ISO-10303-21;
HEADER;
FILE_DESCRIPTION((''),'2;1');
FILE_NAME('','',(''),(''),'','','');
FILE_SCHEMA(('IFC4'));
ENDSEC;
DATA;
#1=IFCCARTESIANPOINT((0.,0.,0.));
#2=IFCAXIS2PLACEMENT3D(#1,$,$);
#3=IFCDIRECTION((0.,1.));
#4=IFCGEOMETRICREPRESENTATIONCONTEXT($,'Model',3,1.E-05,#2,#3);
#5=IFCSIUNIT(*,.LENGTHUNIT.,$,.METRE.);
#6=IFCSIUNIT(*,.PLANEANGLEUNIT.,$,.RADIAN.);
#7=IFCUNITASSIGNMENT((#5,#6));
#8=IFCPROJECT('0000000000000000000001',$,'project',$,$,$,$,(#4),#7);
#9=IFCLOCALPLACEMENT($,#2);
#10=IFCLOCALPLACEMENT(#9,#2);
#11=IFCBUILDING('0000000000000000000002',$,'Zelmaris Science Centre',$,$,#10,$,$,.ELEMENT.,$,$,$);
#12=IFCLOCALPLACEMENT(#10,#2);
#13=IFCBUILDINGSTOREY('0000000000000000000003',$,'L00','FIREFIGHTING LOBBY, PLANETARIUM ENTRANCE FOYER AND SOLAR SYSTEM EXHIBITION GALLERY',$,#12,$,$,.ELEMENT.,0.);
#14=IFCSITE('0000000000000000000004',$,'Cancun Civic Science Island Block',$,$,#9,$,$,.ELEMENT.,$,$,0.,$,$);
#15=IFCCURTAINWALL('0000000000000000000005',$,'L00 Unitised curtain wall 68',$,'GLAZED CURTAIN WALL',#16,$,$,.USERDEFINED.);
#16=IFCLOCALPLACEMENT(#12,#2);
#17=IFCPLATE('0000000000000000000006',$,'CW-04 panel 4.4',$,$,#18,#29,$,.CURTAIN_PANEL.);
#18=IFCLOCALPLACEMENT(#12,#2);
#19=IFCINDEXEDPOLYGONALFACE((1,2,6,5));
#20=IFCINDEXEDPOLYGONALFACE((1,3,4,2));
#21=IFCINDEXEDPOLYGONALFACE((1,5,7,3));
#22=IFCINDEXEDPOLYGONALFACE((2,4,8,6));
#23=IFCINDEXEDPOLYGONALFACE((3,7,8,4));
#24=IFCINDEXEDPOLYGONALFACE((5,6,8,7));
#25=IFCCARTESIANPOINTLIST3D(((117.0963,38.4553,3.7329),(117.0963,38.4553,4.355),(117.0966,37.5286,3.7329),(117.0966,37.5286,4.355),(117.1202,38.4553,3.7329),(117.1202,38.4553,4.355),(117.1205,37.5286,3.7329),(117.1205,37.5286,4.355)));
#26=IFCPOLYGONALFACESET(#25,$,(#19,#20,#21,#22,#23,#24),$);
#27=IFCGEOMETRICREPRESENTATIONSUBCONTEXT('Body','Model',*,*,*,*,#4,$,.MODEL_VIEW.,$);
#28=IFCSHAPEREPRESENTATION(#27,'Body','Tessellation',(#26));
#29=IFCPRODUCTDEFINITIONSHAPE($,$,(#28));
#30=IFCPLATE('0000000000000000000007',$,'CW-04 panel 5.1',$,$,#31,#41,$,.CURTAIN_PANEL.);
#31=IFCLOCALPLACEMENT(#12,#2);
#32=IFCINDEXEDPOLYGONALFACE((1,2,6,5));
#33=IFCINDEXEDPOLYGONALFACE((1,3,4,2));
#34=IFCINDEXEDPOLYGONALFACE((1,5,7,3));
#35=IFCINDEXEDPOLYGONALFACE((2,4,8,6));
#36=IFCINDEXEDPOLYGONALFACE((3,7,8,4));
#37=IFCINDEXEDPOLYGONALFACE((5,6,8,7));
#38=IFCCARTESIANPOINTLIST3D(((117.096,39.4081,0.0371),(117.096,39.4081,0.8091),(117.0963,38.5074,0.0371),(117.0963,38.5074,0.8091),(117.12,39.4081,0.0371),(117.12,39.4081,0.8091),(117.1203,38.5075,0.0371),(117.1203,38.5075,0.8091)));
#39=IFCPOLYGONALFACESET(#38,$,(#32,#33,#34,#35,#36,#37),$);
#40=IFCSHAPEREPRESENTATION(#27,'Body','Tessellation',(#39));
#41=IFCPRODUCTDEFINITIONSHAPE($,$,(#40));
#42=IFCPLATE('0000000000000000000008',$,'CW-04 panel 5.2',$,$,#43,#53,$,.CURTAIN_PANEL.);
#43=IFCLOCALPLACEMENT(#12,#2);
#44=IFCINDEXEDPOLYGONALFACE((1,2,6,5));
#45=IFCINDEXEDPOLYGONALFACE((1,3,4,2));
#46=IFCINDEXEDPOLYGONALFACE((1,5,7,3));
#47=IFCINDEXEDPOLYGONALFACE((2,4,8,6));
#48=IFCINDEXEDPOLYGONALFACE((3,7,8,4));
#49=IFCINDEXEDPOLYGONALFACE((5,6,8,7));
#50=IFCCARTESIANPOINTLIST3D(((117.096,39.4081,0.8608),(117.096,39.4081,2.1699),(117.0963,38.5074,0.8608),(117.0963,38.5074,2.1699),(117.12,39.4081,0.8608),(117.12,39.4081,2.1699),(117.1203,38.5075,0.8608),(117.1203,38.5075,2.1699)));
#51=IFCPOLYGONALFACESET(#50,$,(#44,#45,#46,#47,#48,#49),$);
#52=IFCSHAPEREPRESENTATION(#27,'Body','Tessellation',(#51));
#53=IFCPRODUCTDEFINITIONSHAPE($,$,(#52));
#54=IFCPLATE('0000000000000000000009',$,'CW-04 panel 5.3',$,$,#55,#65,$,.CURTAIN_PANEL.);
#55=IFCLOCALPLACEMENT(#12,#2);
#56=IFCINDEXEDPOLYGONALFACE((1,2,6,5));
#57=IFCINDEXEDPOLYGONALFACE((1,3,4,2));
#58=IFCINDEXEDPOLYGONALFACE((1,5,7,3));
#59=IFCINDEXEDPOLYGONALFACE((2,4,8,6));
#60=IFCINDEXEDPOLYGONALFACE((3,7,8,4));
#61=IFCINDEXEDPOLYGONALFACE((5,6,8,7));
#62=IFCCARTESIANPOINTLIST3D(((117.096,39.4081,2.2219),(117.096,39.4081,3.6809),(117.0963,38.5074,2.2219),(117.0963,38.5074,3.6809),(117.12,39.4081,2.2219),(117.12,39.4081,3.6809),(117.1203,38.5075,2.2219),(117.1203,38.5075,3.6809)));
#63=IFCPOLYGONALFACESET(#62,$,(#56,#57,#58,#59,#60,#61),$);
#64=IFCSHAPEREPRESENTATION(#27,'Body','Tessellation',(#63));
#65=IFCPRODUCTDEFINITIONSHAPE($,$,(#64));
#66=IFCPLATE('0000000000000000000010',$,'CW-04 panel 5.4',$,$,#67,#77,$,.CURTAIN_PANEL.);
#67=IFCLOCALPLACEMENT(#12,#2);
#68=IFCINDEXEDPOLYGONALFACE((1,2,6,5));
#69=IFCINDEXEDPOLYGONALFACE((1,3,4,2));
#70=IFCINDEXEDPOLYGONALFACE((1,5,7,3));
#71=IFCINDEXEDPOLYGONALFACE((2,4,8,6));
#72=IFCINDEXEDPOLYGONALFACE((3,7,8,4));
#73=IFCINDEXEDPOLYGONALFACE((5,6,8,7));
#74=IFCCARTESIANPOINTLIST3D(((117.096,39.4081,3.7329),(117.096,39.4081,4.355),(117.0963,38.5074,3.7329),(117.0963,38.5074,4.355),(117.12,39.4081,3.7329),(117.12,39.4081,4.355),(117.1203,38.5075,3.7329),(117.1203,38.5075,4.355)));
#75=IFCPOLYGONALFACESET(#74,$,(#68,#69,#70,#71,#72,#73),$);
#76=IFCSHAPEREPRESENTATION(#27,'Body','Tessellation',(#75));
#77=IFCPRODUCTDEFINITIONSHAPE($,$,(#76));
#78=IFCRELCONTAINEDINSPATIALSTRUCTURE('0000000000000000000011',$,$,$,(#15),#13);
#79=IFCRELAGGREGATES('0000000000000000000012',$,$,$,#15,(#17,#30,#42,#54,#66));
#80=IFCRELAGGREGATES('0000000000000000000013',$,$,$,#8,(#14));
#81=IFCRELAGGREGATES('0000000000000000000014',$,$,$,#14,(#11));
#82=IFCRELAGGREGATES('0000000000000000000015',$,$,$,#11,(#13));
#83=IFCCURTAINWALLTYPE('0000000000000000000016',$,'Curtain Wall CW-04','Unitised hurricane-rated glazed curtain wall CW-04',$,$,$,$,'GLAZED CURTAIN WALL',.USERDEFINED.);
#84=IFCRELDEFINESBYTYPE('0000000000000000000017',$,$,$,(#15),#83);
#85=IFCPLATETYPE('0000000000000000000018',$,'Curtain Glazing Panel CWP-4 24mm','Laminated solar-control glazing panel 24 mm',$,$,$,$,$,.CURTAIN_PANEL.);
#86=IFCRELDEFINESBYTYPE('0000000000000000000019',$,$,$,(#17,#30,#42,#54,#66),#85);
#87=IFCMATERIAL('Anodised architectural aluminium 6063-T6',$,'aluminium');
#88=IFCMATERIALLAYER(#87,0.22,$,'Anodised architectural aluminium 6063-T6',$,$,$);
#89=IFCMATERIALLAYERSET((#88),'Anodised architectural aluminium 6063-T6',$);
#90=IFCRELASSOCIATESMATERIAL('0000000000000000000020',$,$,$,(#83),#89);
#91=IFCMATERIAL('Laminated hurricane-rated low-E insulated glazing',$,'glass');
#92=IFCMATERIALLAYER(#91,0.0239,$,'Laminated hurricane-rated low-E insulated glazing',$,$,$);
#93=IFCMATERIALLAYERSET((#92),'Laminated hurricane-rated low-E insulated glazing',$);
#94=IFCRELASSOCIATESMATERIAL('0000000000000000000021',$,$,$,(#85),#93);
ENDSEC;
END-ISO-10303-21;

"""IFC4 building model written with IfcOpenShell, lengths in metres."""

from ifc_helpers import new_model, si_unit, direction, frame, origin, origin_2d, place, context, subcontext, project, spatial, rectangle, extrude, material, layer, layer_set, type_object, element, aggregate, save


model = new_model("IFC4")

# Units and contexts
model_context = context("Model", 3, precision=1e-05, world=origin(), true_north=direction((0.0, 1.0)))
body_context = subcontext(model_context, "Body", "Model", "MODEL_VIEW")
ifc_project = project(units=[si_unit("LENGTHUNIT", "METRE"), si_unit("PLANEANGLEUNIT", "RADIAN")], contexts=[model_context])

# Site, building, storey
site_placement = place(None, origin())
site = spatial("IfcSite", under=ifc_project, at=site_placement, Name="Cancun Civic Science Island Block", CompositionType="ELEMENT", RefElevation=0.0)
building_placement = place(site_placement, origin())
building = spatial("IfcBuilding", under=site, at=building_placement, Name="Zelmaris Science Centre", CompositionType="ELEMENT")
storey_placement = place(building_placement, origin())
storey = spatial("IfcBuildingStorey", under=building, at=storey_placement, Name="L00", Description="FIREFIGHTING LOBBY, PLANETARIUM ENTRANCE FOYER AND SOLAR SYSTEM EXHIBITION GALLERY", CompositionType="ELEMENT", Elevation=0.0)

# Curtain wall
ifc_material_1 = material(Name="Anodised architectural aluminium 6063-T6", Category="aluminium")
ifc_layer_1 = layer(ifc_material_1, 0.22, Name="Anodised architectural aluminium 6063-T6")
ifc_layer_set_1 = layer_set([ifc_layer_1], Name="Anodised architectural aluminium 6063-T6")
curtain_wall_type_1 = type_object("IfcCurtainWallType", Name="Curtain Wall CW-04", Description="Unitised hurricane-rated glazed curtain wall CW-04", ElementType="GLAZED CURTAIN WALL", PredefinedType="USERDEFINED", material=ifc_layer_set_1)
curtain_wall_1_placement = place(storey_placement, origin())
curtain_wall_1 = element("IfcCurtainWall", 1, at=curtain_wall_1_placement, inside=storey, type_object=curtain_wall_type_1, Name="L00 Unitised curtain wall 68", ObjectType="GLAZED CURTAIN WALL", PredefinedType="USERDEFINED")

# Plates
ifc_material_2 = material(Name="Laminated hurricane-rated low-E insulated glazing", Category="glass")
ifc_layer_2 = layer(ifc_material_2, 0.0239, Name="Laminated hurricane-rated low-E insulated glazing")
ifc_layer_set_2 = layer_set([ifc_layer_2], Name="Laminated hurricane-rated low-E insulated glazing")
plate_type_1 = type_object("IfcPlateType", Name="Curtain Glazing Panel CWP-4 24mm", Description="Laminated solar-control glazing panel 24 mm", PredefinedType="CURTAIN_PANEL", material=ifc_layer_set_2)
plate_1_placement = place(storey_placement, frame((117.1084, 37.9919, 3.7329), z_axis=(0.0, 0.0, 1.0), x_axis=(-0.000347, 1.0, 0.0)))
plate_1 = element("IfcPlate", 2, at=plate_1_placement, type_object=plate_type_1, Name="CW-04 panel 4.4", PredefinedType="CURTAIN_PANEL", context=body_context, shape_type="SweptSolid", body=[
    extrude(rectangle(XDim=0.9268, YDim=0.0239, at=origin_2d()), origin(), (0.0, 0.0, 1.0), 0.6221),
])
plate_2_placement = place(storey_placement, frame((117.1082, 38.9578, 0.0371), z_axis=(0.0, 0.0, 1.0), x_axis=(-0.000347, 1.0, 0.0)))
plate_2 = element("IfcPlate", 3, at=plate_2_placement, type_object=plate_type_1, Name="CW-04 panel 5.1", PredefinedType="CURTAIN_PANEL", context=body_context, shape_type="SweptSolid", body=[
    extrude(rectangle(XDim=0.9006, YDim=0.0239, at=origin_2d()), origin(), (0.0, 0.0, 1.0), 0.772),
])
plate_3_placement = place(storey_placement, frame((117.1082, 38.9578, 0.8608), z_axis=(0.0, 0.0, 1.0), x_axis=(-0.000347, 1.0, 0.0)))
plate_3 = element("IfcPlate", 4, at=plate_3_placement, type_object=plate_type_1, Name="CW-04 panel 5.2", PredefinedType="CURTAIN_PANEL", context=body_context, shape_type="SweptSolid", body=[
    extrude(rectangle(XDim=0.9006, YDim=0.0239, at=origin_2d()), origin(), (0.0, 0.0, 1.0), 1.3091),
])
plate_4_placement = place(storey_placement, frame((117.1082, 38.9578, 2.2219), z_axis=(0.0, 0.0, 1.0), x_axis=(-0.000347, 1.0, 0.0)))
plate_4 = element("IfcPlate", 5, at=plate_4_placement, type_object=plate_type_1, Name="CW-04 panel 5.3", PredefinedType="CURTAIN_PANEL", context=body_context, shape_type="SweptSolid", body=[
    extrude(rectangle(XDim=0.9006, YDim=0.0239, at=origin_2d()), origin(), (0.0, 0.0, 1.0), 1.459),
])
plate_5_placement = place(storey_placement, frame((117.1082, 38.9578, 3.7329), z_axis=(0.0, 0.0, 1.0), x_axis=(-0.000347, 1.0, 0.0)))
plate_5 = element("IfcPlate", 6, at=plate_5_placement, type_object=plate_type_1, Name="CW-04 panel 5.4", PredefinedType="CURTAIN_PANEL", context=body_context, shape_type="SweptSolid", body=[
    extrude(rectangle(XDim=0.9006, YDim=0.0239, at=origin_2d()), origin(), (0.0, 0.0, 1.0), 0.6221),
])
aggregate(curtain_wall_1, [plate_1, plate_2, plate_3, plate_4, plate_5])

save(model, "model.ifc")
